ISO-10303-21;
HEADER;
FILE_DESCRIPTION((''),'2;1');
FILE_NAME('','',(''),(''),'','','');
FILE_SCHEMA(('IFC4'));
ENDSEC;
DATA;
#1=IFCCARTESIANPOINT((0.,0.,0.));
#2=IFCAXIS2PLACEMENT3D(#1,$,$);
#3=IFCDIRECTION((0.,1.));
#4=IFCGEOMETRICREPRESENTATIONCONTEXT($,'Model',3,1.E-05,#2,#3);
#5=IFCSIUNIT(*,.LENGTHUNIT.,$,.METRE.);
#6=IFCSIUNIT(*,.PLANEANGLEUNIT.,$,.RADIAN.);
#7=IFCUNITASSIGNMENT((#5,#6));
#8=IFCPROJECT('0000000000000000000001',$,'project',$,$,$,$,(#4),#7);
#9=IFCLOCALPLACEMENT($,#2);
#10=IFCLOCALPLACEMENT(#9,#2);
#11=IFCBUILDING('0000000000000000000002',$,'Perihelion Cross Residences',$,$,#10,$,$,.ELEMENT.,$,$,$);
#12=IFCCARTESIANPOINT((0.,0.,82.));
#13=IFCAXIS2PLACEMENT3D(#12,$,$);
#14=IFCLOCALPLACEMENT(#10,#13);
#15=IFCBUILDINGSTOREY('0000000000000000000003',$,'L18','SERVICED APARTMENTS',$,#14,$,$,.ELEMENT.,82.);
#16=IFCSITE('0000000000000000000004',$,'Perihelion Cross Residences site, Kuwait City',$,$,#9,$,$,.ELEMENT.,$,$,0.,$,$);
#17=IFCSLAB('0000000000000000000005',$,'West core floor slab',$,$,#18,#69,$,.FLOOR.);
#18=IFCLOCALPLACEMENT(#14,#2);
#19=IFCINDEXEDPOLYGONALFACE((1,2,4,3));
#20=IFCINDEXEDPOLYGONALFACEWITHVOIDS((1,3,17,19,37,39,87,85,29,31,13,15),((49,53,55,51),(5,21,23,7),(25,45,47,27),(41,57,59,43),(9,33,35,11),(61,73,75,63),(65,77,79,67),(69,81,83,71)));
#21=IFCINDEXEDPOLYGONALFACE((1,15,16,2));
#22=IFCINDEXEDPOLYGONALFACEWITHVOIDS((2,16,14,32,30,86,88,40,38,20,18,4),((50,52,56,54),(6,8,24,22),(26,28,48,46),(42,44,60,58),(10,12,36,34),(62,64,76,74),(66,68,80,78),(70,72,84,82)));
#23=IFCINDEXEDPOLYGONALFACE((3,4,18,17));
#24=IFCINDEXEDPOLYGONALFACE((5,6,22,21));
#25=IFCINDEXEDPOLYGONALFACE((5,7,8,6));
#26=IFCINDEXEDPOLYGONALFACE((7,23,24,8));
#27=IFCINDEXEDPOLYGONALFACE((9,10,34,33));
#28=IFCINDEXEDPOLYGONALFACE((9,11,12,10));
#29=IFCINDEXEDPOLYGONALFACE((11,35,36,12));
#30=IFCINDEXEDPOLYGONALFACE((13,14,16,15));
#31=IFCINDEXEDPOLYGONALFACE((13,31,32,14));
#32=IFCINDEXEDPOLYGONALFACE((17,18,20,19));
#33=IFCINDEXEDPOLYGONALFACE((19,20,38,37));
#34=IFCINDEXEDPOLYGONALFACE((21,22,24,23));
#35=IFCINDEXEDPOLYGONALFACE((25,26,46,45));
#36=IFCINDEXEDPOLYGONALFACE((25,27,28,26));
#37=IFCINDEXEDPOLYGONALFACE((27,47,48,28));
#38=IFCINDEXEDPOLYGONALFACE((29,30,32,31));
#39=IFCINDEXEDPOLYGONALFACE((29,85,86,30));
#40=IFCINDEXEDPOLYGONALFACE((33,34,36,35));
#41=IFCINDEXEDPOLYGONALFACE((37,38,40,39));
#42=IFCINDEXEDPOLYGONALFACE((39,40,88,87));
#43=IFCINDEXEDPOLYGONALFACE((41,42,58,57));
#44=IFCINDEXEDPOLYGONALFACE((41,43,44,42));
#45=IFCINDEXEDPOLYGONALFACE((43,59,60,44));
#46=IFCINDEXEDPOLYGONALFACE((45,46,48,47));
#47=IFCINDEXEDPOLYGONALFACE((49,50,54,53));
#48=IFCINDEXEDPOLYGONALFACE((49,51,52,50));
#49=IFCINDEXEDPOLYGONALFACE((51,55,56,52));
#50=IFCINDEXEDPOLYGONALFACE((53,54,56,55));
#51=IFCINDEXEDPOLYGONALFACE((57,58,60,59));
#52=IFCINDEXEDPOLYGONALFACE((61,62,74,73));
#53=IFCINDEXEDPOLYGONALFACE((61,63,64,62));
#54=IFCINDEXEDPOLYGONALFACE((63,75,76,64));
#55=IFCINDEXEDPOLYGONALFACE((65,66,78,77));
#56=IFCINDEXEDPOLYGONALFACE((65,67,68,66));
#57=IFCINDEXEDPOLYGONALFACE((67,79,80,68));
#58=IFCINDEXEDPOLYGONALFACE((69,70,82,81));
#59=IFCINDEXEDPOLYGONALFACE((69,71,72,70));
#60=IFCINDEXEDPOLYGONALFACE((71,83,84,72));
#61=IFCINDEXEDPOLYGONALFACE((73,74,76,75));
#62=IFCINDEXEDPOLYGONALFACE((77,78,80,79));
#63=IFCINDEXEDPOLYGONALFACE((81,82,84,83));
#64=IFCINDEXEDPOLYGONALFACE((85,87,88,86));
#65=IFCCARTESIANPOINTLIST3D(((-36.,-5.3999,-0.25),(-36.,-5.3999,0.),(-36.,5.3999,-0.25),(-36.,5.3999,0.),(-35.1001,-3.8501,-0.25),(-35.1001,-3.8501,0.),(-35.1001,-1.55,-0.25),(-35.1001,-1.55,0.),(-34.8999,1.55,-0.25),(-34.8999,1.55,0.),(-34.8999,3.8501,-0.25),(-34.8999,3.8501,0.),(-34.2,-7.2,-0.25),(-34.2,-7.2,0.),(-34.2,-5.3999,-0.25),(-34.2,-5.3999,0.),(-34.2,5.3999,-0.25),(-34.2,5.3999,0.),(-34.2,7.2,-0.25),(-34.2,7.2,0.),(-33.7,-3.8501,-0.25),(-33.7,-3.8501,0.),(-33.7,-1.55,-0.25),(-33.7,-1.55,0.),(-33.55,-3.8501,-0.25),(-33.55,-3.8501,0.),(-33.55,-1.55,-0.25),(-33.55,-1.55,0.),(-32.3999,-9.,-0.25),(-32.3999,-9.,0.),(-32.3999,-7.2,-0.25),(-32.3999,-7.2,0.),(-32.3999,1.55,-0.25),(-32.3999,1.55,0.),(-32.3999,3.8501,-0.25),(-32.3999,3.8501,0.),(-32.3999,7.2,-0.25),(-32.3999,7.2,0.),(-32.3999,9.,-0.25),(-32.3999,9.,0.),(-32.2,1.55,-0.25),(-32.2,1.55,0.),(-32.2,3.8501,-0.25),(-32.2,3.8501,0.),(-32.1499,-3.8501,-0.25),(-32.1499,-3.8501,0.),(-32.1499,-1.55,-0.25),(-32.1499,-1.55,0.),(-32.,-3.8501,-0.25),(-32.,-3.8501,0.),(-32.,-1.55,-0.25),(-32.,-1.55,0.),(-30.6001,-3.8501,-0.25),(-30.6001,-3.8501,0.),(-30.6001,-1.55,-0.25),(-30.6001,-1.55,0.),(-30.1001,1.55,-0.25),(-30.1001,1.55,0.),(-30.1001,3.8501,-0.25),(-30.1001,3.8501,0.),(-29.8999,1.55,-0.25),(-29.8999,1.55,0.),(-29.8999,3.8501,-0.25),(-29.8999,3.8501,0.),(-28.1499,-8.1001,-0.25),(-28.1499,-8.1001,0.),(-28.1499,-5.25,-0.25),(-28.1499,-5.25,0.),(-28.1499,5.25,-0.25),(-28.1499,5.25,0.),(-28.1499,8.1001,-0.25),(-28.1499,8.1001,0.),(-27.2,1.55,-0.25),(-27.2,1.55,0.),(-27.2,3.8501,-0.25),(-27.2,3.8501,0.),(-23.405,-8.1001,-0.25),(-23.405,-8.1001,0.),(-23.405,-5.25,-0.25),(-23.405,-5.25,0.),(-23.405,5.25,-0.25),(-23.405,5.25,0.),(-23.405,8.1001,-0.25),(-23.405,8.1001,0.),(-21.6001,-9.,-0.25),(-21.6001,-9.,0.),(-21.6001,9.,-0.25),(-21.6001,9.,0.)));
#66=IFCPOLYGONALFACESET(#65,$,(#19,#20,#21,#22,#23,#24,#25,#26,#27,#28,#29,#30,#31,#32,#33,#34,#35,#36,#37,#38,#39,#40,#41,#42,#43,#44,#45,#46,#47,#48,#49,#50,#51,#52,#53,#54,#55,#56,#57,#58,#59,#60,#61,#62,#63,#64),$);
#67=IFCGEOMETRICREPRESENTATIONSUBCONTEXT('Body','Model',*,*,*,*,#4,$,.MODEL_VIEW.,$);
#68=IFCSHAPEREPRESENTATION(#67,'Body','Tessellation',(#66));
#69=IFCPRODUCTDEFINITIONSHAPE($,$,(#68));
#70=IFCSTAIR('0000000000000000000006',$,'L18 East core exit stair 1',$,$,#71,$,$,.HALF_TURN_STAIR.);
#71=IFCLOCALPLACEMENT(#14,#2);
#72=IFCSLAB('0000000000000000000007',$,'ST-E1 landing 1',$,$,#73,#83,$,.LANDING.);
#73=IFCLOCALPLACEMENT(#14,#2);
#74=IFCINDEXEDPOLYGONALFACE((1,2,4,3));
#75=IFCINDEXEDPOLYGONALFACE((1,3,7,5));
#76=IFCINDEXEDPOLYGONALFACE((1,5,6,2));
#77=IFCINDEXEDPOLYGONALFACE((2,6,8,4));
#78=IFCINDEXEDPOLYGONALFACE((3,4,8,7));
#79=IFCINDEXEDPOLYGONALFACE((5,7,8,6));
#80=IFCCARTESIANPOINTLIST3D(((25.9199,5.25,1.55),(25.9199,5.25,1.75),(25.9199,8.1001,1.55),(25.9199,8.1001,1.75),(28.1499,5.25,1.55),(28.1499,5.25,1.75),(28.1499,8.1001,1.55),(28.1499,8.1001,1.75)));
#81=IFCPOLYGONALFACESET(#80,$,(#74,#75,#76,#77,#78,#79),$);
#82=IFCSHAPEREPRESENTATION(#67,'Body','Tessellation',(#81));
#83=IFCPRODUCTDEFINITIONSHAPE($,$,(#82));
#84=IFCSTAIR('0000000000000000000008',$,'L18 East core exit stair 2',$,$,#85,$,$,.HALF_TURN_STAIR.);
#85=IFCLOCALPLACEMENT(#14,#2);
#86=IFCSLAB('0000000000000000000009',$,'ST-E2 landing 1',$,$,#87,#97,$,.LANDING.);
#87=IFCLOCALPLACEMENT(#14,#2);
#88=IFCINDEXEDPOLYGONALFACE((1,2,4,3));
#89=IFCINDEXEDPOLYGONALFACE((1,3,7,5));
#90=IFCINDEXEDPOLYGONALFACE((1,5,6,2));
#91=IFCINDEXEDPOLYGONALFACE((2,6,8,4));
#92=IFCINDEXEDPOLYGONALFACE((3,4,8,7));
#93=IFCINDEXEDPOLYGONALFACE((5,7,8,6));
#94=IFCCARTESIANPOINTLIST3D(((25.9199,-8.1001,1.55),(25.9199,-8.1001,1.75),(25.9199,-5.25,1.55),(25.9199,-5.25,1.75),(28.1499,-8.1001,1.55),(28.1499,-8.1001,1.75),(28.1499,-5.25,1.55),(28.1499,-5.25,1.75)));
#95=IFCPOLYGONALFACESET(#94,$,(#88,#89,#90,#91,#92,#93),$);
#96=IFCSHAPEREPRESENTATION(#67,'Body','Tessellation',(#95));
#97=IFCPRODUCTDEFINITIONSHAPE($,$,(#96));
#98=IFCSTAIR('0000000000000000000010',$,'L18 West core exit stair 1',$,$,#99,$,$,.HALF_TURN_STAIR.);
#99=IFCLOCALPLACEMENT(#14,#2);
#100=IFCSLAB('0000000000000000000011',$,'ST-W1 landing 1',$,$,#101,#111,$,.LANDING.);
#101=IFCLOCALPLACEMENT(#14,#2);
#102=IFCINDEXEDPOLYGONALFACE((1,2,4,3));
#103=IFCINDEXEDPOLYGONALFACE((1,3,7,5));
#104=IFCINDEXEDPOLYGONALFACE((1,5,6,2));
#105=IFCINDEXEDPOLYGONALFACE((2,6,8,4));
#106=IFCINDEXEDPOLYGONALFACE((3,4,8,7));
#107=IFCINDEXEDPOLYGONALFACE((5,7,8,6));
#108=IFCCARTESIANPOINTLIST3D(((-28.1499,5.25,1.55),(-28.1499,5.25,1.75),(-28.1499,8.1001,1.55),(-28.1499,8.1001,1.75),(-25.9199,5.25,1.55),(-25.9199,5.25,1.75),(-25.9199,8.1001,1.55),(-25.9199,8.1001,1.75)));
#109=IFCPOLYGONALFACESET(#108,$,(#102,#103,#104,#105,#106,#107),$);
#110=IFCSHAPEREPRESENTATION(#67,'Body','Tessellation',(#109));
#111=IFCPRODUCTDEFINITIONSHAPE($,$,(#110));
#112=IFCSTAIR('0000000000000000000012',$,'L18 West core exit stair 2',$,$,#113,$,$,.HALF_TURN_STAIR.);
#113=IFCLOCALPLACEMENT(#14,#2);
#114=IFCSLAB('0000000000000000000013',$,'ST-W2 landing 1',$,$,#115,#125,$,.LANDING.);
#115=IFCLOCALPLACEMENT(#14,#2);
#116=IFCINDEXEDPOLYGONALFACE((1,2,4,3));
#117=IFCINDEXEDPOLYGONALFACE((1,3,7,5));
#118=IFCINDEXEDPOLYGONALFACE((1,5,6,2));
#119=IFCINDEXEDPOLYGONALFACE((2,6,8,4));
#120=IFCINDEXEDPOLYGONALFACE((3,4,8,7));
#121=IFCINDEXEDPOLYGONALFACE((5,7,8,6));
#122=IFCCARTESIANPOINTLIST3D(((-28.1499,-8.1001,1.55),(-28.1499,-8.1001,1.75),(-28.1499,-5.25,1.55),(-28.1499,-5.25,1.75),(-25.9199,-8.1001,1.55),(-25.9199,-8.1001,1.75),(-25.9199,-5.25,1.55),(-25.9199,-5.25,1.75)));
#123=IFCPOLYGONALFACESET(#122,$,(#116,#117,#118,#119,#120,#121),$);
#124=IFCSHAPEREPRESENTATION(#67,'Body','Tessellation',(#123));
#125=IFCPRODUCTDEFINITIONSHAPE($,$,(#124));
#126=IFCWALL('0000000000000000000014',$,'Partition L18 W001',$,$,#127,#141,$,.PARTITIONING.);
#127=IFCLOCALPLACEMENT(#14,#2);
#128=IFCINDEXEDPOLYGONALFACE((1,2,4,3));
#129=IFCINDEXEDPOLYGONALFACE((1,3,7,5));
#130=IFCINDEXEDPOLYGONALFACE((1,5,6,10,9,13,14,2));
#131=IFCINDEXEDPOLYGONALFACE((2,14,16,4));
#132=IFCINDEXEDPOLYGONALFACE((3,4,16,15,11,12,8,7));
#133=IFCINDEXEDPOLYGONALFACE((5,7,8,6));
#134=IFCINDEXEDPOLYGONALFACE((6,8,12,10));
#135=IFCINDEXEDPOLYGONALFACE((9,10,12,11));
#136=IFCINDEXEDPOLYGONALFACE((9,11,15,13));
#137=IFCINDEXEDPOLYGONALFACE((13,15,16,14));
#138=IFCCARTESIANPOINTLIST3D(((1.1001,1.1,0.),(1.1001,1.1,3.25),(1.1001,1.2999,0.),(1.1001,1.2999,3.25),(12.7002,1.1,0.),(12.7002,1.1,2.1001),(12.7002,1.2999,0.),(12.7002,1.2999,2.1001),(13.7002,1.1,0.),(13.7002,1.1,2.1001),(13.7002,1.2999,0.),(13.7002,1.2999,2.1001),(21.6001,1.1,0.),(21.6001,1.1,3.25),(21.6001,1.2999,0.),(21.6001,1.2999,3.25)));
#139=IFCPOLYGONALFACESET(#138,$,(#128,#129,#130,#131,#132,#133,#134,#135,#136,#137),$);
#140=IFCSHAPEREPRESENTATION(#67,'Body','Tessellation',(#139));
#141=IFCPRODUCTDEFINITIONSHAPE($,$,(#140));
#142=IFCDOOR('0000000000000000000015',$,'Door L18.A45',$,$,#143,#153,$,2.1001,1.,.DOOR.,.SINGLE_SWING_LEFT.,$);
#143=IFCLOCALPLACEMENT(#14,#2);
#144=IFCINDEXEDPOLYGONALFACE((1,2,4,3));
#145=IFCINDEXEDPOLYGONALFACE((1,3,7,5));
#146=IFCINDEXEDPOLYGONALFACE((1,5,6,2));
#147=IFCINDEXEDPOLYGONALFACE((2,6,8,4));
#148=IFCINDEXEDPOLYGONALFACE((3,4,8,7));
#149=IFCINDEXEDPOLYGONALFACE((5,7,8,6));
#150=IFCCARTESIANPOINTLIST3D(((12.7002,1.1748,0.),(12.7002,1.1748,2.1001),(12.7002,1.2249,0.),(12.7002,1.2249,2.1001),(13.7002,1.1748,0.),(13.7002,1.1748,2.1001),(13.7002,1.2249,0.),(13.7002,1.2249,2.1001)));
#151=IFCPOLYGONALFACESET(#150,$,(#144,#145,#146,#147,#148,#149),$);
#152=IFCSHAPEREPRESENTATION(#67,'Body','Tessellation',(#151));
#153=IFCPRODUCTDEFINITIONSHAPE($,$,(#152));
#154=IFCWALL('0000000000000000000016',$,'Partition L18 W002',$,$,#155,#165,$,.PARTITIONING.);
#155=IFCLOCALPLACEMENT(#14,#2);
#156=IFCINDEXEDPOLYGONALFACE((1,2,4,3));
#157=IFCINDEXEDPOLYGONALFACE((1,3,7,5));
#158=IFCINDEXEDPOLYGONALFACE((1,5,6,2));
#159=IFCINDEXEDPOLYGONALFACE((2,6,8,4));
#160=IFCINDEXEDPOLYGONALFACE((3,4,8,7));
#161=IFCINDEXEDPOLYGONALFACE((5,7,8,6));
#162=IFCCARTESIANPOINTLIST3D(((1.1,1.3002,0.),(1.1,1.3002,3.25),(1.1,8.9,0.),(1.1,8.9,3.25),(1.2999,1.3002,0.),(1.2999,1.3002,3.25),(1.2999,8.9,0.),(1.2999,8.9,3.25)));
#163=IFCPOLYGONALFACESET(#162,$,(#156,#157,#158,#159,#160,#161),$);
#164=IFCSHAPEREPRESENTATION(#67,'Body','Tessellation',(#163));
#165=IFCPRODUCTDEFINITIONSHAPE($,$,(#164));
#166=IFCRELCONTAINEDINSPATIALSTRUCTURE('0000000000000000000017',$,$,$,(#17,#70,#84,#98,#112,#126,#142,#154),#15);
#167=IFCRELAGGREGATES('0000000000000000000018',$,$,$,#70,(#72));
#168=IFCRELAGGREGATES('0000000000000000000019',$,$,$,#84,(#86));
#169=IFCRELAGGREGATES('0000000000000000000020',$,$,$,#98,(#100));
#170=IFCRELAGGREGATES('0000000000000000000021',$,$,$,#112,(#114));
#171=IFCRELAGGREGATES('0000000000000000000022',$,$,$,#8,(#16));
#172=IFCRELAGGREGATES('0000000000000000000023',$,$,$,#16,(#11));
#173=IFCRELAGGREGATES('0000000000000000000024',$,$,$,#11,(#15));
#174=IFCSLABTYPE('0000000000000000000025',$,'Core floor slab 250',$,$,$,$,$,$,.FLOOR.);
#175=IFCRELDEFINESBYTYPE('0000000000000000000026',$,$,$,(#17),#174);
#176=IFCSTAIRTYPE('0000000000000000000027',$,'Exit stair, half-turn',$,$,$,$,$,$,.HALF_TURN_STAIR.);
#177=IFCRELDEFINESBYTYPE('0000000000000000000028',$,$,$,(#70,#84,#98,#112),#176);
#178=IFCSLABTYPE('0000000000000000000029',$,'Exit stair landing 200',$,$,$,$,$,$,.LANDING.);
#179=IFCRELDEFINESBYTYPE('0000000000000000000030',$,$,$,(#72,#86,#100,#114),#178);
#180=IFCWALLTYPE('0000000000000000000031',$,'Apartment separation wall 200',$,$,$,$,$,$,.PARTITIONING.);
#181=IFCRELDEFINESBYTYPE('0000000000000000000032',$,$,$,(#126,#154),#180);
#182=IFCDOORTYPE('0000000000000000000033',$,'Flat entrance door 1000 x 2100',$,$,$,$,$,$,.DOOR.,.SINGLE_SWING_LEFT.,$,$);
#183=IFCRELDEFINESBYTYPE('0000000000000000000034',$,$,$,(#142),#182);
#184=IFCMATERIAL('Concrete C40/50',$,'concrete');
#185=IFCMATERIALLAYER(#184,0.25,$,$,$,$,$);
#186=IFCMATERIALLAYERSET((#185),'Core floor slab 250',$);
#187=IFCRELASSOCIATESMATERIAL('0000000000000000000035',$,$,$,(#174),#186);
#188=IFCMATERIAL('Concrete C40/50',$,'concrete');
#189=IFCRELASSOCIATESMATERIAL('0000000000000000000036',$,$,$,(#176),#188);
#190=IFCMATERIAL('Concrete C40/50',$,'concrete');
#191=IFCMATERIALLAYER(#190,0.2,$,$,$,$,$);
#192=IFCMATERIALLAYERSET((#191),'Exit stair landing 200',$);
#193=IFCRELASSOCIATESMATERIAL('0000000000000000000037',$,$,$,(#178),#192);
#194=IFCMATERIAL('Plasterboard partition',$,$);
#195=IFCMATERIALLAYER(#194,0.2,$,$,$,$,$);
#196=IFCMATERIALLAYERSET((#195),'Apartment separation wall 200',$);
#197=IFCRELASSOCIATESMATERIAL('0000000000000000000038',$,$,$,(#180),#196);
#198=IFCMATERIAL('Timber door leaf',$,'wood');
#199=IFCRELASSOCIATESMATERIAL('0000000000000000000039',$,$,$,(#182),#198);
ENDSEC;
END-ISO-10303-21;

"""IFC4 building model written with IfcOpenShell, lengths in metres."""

from ifc_helpers import new_model, si_unit, direction, frame, frame_2d, origin, place, context, subcontext, project, spatial, polyline, rectangle, outline, extrude, material, layer, layer_set, type_object, element, fill, aggregate, save


model = new_model("IFC4")

# Units and contexts
model_context = context("Model", 3, precision=1e-05, world=origin(), true_north=direction((0.0, 1.0)))
body_context = subcontext(model_context, "Body", "Model", "MODEL_VIEW")
ifc_project = project(units=[si_unit("LENGTHUNIT", "METRE"), si_unit("PLANEANGLEUNIT", "RADIAN")], contexts=[model_context])

# Site, building, storey
site_placement = place(None, origin())
site = spatial("IfcSite", under=ifc_project, at=site_placement, Name="Perihelion Cross Residences site, Kuwait City", CompositionType="ELEMENT", RefElevation=0.0)
building_placement = place(site_placement, origin())
building = spatial("IfcBuilding", under=site, at=building_placement, Name="Perihelion Cross Residences", CompositionType="ELEMENT")
storey_placement = place(building_placement, frame((0.0, 0.0, 82.0)))
storey = spatial("IfcBuildingStorey", under=building, at=storey_placement, Name="L18", Description="SERVICED APARTMENTS", CompositionType="ELEMENT", Elevation=82.0)

# Slab
ifc_material_1 = material(Name="Concrete C40/50", Category="concrete")
ifc_layer_1 = layer(ifc_material_1, 0.25)
ifc_layer_set_1 = layer_set([ifc_layer_1], Name="Core floor slab 250")
slab_type_1 = type_object("IfcSlabType", Name="Core floor slab 250", PredefinedType="FLOOR", material=ifc_layer_set_1)
slab_1_placement = place(storey_placement, frame((0.0, 0.0, -0.25)))
element("IfcSlab", 1, at=slab_1_placement, inside=storey, type_object=slab_type_1, Name="West core floor slab", PredefinedType="FLOOR", context=body_context, shape_type="SweptSolid", body=[
    extrude(outline(polyline([(-32.3999, 7.2), (-34.2, 7.2), (-34.2, 5.3999), (-36.0, 5.3999), (-36.0, -5.3999), (-34.2, -5.3999), (-34.2, -7.2), (-32.3999, -7.2), (-32.3999, -9.0), (-21.6001, -9.0), (-21.6001, 9.0), (-32.3999, 9.0), (-32.3999, 7.2)]), holes=[polyline([(-23.405, -8.1001), (-28.1499, -8.1001), (-28.1499, -5.25), (-23.405, -5.25), (-23.405, -8.1001)]), polyline([(-30.6001, -1.55), (-30.6001, -3.8501), (-32.0, -3.8501), (-32.0, -1.55), (-30.6001, -1.55)]), polyline([(-32.1499, -1.55), (-32.1499, -3.8501), (-33.55, -3.8501), (-33.55, -1.55), (-32.1499, -1.55)]), polyline([(-33.7, -1.55), (-33.7, -3.8501), (-35.1001, -3.8501), (-35.1001, -1.55), (-33.7, -1.55)]), polyline([(-27.2, 3.8501), (-27.2, 1.55), (-29.8999, 1.55), (-29.8999, 3.8501), (-27.2, 3.8501)]), polyline([(-30.1001, 3.8501), (-30.1001, 1.55), (-32.2, 1.55), (-32.2, 3.8501), (-30.1001, 3.8501)]), polyline([(-32.3999, 3.8501), (-32.3999, 1.55), (-34.8999, 1.55), (-34.8999, 3.8501), (-32.3999, 3.8501)]), polyline([(-23.405, 5.25), (-28.1499, 5.25), (-28.1499, 8.1001), (-23.405, 8.1001), (-23.405, 5.25)])]), origin(), (0.0, 0.0, 1.0), 0.25),
])

# Stairs, slabs
ifc_material_2 = material(Name="Concrete C40/50", Category="concrete")
stair_type = type_object("IfcStairType", Name="Exit stair, half-turn", PredefinedType="HALF_TURN_STAIR", material=ifc_material_2)
stair_1_placement = place(storey_placement, origin())
stair_1 = element("IfcStair", 2, at=stair_1_placement, inside=storey, type_object=stair_type, Name="L18 East core exit stair 1", PredefinedType="HALF_TURN_STAIR")
ifc_material_3 = material(Name="Concrete C40/50", Category="concrete")
ifc_layer_2 = layer(ifc_material_3, 0.2)
ifc_layer_set_2 = layer_set([ifc_layer_2], Name="Exit stair landing 200")
slab_type_2 = type_object("IfcSlabType", Name="Exit stair landing 200", PredefinedType="LANDING", material=ifc_layer_set_2)
slab_2_placement = place(storey_placement, frame((0.0, 0.0, 1.55)))
slab_2 = element("IfcSlab", 3, at=slab_2_placement, type_object=slab_type_2, Name="ST-E1 landing 1", PredefinedType="LANDING", context=body_context, shape_type="SweptSolid", body=[
    extrude(outline(polyline([(25.9199, 5.25), (28.1499, 5.25), (28.1499, 8.1001), (25.9199, 8.1001), (25.9199, 5.25)])), origin(), (0.0, 0.0, 1.0), 0.2),
])
aggregate(stair_1, [slab_2])
stair_2_placement = place(storey_placement, origin())
stair_2 = element("IfcStair", 4, at=stair_2_placement, inside=storey, type_object=stair_type, Name="L18 East core exit stair 2", PredefinedType="HALF_TURN_STAIR")
slab_3_placement = place(storey_placement, frame((0.0, 0.0, 1.55)))
slab_3 = element("IfcSlab", 5, at=slab_3_placement, type_object=slab_type_2, Name="ST-E2 landing 1", PredefinedType="LANDING", context=body_context, shape_type="SweptSolid", body=[
    extrude(outline(polyline([(25.9199, -8.1001), (28.1499, -8.1001), (28.1499, -5.25), (25.9199, -5.25), (25.9199, -8.1001)])), origin(), (0.0, 0.0, 1.0), 0.2),
])
aggregate(stair_2, [slab_3])
stair_3_placement = place(storey_placement, origin())
stair_3 = element("IfcStair", 6, at=stair_3_placement, inside=storey, type_object=stair_type, Name="L18 West core exit stair 1", PredefinedType="HALF_TURN_STAIR")
slab_4_placement = place(storey_placement, frame((0.0, 0.0, 1.55)))
slab_4 = element("IfcSlab", 7, at=slab_4_placement, type_object=slab_type_2, Name="ST-W1 landing 1", PredefinedType="LANDING", context=body_context, shape_type="SweptSolid", body=[
    extrude(outline(polyline([(-25.9199, 8.1001), (-28.1499, 8.1001), (-28.1499, 5.25), (-25.9199, 5.25), (-25.9199, 8.1001)])), origin(), (0.0, 0.0, 1.0), 0.2),
])
aggregate(stair_3, [slab_4])
stair_4_placement = place(storey_placement, origin())
stair_4 = element("IfcStair", 8, at=stair_4_placement, inside=storey, type_object=stair_type, Name="L18 West core exit stair 2", PredefinedType="HALF_TURN_STAIR")
slab_5_placement = place(storey_placement, frame((0.0, 0.0, 1.55)))
slab_5 = element("IfcSlab", 9, at=slab_5_placement, type_object=slab_type_2, Name="ST-W2 landing 1", PredefinedType="LANDING", context=body_context, shape_type="SweptSolid", body=[
    extrude(outline(polyline([(-25.9199, -5.25), (-28.1499, -5.25), (-28.1499, -8.1001), (-25.9199, -8.1001), (-25.9199, -5.25)])), origin(), (0.0, 0.0, 1.0), 0.2),
])
aggregate(stair_4, [slab_5])

# Wall, opening, door
ifc_material_4 = material(Name="Plasterboard partition")
ifc_layer_3 = layer(ifc_material_4, 0.2)
ifc_layer_set_3 = layer_set([ifc_layer_3], Name="Apartment separation wall 200")
wall_type_1 = type_object("IfcWallType", Name="Apartment separation wall 200", PredefinedType="PARTITIONING", material=ifc_layer_set_3)
wall_1_placement = place(storey_placement, frame((1.1001, 1.2, 0.0), z_axis=(0.0, 0.0, 1.0), x_axis=(1.0, 0.0, 0.0)))
wall_1 = element("IfcWall", 10, at=wall_1_placement, inside=storey, type_object=wall_type_1, Name="Partition L18 W001", PredefinedType="PARTITIONING", context=body_context, shape_type="SweptSolid", body=[
    extrude(rectangle(XDim=20.5, YDim=0.2, at=frame_2d((10.25, 0.0))), origin(), (0.0, 0.0, 1.0), 3.25),
])
opening_1_placement = place(wall_1_placement, frame((11.6001, 0.0, 0.0)))
opening_1 = element("IfcOpeningElement", 11, at=opening_1_placement, cuts=wall_1, PredefinedType="OPENING", context=body_context, shape_type="SweptSolid", body=[
    extrude(rectangle(XDim=1.0, YDim=2.1001, at=frame_2d((0.5, 1.05))), frame((0.0, 0.1099, 0.0), z_axis=(0.0, -1.0, 0.0), x_axis=(1.0, 0.0, 0.0)), (0.0, 0.0, 1.0), 0.22),
])
ifc_material_5 = material(Name="Timber door leaf", Category="wood")
door_type_1 = type_object("IfcDoorType", Name="Flat entrance door 1000 x 2100", OperationType="SINGLE_SWING_LEFT", PredefinedType="DOOR", material=ifc_material_5)
door_1_placement = place(opening_1_placement, origin())
door_1 = element("IfcDoor", 12, at=door_1_placement, inside=storey, type_object=door_type_1, Name="Door L18.A45", OperationType="SINGLE_SWING_LEFT", OverallHeight=2.1001, OverallWidth=1.0, PredefinedType="DOOR", context=body_context, shape_type="SweptSolid", body=[
    extrude(rectangle(XDim=1.0, YDim=2.1001, at=frame_2d((0.5, 1.05))), frame((0.0, 0.0249, 0.0), z_axis=(0.0, -1.0, 0.0), x_axis=(1.0, 0.0, 0.0)), (0.0, 0.0, 1.0), 0.05),
])
fill(opening_1, door_1)

# Wall
wall_2_placement = place(storey_placement, frame((1.2, 8.8999, 0.0), z_axis=(0.0, 0.0, 1.0), x_axis=(0.0, -1.0, 0.0)))
element("IfcWall", 13, at=wall_2_placement, inside=storey, type_object=wall_type_1, Name="Partition L18 W002", PredefinedType="PARTITIONING", context=body_context, shape_type="SweptSolid", body=[
    extrude(rectangle(XDim=7.5999, YDim=0.2, at=frame_2d((3.7998, 0.0))), origin(), (0.0, 0.0, 1.0), 3.25),
])

save(model, "model.ifc")
